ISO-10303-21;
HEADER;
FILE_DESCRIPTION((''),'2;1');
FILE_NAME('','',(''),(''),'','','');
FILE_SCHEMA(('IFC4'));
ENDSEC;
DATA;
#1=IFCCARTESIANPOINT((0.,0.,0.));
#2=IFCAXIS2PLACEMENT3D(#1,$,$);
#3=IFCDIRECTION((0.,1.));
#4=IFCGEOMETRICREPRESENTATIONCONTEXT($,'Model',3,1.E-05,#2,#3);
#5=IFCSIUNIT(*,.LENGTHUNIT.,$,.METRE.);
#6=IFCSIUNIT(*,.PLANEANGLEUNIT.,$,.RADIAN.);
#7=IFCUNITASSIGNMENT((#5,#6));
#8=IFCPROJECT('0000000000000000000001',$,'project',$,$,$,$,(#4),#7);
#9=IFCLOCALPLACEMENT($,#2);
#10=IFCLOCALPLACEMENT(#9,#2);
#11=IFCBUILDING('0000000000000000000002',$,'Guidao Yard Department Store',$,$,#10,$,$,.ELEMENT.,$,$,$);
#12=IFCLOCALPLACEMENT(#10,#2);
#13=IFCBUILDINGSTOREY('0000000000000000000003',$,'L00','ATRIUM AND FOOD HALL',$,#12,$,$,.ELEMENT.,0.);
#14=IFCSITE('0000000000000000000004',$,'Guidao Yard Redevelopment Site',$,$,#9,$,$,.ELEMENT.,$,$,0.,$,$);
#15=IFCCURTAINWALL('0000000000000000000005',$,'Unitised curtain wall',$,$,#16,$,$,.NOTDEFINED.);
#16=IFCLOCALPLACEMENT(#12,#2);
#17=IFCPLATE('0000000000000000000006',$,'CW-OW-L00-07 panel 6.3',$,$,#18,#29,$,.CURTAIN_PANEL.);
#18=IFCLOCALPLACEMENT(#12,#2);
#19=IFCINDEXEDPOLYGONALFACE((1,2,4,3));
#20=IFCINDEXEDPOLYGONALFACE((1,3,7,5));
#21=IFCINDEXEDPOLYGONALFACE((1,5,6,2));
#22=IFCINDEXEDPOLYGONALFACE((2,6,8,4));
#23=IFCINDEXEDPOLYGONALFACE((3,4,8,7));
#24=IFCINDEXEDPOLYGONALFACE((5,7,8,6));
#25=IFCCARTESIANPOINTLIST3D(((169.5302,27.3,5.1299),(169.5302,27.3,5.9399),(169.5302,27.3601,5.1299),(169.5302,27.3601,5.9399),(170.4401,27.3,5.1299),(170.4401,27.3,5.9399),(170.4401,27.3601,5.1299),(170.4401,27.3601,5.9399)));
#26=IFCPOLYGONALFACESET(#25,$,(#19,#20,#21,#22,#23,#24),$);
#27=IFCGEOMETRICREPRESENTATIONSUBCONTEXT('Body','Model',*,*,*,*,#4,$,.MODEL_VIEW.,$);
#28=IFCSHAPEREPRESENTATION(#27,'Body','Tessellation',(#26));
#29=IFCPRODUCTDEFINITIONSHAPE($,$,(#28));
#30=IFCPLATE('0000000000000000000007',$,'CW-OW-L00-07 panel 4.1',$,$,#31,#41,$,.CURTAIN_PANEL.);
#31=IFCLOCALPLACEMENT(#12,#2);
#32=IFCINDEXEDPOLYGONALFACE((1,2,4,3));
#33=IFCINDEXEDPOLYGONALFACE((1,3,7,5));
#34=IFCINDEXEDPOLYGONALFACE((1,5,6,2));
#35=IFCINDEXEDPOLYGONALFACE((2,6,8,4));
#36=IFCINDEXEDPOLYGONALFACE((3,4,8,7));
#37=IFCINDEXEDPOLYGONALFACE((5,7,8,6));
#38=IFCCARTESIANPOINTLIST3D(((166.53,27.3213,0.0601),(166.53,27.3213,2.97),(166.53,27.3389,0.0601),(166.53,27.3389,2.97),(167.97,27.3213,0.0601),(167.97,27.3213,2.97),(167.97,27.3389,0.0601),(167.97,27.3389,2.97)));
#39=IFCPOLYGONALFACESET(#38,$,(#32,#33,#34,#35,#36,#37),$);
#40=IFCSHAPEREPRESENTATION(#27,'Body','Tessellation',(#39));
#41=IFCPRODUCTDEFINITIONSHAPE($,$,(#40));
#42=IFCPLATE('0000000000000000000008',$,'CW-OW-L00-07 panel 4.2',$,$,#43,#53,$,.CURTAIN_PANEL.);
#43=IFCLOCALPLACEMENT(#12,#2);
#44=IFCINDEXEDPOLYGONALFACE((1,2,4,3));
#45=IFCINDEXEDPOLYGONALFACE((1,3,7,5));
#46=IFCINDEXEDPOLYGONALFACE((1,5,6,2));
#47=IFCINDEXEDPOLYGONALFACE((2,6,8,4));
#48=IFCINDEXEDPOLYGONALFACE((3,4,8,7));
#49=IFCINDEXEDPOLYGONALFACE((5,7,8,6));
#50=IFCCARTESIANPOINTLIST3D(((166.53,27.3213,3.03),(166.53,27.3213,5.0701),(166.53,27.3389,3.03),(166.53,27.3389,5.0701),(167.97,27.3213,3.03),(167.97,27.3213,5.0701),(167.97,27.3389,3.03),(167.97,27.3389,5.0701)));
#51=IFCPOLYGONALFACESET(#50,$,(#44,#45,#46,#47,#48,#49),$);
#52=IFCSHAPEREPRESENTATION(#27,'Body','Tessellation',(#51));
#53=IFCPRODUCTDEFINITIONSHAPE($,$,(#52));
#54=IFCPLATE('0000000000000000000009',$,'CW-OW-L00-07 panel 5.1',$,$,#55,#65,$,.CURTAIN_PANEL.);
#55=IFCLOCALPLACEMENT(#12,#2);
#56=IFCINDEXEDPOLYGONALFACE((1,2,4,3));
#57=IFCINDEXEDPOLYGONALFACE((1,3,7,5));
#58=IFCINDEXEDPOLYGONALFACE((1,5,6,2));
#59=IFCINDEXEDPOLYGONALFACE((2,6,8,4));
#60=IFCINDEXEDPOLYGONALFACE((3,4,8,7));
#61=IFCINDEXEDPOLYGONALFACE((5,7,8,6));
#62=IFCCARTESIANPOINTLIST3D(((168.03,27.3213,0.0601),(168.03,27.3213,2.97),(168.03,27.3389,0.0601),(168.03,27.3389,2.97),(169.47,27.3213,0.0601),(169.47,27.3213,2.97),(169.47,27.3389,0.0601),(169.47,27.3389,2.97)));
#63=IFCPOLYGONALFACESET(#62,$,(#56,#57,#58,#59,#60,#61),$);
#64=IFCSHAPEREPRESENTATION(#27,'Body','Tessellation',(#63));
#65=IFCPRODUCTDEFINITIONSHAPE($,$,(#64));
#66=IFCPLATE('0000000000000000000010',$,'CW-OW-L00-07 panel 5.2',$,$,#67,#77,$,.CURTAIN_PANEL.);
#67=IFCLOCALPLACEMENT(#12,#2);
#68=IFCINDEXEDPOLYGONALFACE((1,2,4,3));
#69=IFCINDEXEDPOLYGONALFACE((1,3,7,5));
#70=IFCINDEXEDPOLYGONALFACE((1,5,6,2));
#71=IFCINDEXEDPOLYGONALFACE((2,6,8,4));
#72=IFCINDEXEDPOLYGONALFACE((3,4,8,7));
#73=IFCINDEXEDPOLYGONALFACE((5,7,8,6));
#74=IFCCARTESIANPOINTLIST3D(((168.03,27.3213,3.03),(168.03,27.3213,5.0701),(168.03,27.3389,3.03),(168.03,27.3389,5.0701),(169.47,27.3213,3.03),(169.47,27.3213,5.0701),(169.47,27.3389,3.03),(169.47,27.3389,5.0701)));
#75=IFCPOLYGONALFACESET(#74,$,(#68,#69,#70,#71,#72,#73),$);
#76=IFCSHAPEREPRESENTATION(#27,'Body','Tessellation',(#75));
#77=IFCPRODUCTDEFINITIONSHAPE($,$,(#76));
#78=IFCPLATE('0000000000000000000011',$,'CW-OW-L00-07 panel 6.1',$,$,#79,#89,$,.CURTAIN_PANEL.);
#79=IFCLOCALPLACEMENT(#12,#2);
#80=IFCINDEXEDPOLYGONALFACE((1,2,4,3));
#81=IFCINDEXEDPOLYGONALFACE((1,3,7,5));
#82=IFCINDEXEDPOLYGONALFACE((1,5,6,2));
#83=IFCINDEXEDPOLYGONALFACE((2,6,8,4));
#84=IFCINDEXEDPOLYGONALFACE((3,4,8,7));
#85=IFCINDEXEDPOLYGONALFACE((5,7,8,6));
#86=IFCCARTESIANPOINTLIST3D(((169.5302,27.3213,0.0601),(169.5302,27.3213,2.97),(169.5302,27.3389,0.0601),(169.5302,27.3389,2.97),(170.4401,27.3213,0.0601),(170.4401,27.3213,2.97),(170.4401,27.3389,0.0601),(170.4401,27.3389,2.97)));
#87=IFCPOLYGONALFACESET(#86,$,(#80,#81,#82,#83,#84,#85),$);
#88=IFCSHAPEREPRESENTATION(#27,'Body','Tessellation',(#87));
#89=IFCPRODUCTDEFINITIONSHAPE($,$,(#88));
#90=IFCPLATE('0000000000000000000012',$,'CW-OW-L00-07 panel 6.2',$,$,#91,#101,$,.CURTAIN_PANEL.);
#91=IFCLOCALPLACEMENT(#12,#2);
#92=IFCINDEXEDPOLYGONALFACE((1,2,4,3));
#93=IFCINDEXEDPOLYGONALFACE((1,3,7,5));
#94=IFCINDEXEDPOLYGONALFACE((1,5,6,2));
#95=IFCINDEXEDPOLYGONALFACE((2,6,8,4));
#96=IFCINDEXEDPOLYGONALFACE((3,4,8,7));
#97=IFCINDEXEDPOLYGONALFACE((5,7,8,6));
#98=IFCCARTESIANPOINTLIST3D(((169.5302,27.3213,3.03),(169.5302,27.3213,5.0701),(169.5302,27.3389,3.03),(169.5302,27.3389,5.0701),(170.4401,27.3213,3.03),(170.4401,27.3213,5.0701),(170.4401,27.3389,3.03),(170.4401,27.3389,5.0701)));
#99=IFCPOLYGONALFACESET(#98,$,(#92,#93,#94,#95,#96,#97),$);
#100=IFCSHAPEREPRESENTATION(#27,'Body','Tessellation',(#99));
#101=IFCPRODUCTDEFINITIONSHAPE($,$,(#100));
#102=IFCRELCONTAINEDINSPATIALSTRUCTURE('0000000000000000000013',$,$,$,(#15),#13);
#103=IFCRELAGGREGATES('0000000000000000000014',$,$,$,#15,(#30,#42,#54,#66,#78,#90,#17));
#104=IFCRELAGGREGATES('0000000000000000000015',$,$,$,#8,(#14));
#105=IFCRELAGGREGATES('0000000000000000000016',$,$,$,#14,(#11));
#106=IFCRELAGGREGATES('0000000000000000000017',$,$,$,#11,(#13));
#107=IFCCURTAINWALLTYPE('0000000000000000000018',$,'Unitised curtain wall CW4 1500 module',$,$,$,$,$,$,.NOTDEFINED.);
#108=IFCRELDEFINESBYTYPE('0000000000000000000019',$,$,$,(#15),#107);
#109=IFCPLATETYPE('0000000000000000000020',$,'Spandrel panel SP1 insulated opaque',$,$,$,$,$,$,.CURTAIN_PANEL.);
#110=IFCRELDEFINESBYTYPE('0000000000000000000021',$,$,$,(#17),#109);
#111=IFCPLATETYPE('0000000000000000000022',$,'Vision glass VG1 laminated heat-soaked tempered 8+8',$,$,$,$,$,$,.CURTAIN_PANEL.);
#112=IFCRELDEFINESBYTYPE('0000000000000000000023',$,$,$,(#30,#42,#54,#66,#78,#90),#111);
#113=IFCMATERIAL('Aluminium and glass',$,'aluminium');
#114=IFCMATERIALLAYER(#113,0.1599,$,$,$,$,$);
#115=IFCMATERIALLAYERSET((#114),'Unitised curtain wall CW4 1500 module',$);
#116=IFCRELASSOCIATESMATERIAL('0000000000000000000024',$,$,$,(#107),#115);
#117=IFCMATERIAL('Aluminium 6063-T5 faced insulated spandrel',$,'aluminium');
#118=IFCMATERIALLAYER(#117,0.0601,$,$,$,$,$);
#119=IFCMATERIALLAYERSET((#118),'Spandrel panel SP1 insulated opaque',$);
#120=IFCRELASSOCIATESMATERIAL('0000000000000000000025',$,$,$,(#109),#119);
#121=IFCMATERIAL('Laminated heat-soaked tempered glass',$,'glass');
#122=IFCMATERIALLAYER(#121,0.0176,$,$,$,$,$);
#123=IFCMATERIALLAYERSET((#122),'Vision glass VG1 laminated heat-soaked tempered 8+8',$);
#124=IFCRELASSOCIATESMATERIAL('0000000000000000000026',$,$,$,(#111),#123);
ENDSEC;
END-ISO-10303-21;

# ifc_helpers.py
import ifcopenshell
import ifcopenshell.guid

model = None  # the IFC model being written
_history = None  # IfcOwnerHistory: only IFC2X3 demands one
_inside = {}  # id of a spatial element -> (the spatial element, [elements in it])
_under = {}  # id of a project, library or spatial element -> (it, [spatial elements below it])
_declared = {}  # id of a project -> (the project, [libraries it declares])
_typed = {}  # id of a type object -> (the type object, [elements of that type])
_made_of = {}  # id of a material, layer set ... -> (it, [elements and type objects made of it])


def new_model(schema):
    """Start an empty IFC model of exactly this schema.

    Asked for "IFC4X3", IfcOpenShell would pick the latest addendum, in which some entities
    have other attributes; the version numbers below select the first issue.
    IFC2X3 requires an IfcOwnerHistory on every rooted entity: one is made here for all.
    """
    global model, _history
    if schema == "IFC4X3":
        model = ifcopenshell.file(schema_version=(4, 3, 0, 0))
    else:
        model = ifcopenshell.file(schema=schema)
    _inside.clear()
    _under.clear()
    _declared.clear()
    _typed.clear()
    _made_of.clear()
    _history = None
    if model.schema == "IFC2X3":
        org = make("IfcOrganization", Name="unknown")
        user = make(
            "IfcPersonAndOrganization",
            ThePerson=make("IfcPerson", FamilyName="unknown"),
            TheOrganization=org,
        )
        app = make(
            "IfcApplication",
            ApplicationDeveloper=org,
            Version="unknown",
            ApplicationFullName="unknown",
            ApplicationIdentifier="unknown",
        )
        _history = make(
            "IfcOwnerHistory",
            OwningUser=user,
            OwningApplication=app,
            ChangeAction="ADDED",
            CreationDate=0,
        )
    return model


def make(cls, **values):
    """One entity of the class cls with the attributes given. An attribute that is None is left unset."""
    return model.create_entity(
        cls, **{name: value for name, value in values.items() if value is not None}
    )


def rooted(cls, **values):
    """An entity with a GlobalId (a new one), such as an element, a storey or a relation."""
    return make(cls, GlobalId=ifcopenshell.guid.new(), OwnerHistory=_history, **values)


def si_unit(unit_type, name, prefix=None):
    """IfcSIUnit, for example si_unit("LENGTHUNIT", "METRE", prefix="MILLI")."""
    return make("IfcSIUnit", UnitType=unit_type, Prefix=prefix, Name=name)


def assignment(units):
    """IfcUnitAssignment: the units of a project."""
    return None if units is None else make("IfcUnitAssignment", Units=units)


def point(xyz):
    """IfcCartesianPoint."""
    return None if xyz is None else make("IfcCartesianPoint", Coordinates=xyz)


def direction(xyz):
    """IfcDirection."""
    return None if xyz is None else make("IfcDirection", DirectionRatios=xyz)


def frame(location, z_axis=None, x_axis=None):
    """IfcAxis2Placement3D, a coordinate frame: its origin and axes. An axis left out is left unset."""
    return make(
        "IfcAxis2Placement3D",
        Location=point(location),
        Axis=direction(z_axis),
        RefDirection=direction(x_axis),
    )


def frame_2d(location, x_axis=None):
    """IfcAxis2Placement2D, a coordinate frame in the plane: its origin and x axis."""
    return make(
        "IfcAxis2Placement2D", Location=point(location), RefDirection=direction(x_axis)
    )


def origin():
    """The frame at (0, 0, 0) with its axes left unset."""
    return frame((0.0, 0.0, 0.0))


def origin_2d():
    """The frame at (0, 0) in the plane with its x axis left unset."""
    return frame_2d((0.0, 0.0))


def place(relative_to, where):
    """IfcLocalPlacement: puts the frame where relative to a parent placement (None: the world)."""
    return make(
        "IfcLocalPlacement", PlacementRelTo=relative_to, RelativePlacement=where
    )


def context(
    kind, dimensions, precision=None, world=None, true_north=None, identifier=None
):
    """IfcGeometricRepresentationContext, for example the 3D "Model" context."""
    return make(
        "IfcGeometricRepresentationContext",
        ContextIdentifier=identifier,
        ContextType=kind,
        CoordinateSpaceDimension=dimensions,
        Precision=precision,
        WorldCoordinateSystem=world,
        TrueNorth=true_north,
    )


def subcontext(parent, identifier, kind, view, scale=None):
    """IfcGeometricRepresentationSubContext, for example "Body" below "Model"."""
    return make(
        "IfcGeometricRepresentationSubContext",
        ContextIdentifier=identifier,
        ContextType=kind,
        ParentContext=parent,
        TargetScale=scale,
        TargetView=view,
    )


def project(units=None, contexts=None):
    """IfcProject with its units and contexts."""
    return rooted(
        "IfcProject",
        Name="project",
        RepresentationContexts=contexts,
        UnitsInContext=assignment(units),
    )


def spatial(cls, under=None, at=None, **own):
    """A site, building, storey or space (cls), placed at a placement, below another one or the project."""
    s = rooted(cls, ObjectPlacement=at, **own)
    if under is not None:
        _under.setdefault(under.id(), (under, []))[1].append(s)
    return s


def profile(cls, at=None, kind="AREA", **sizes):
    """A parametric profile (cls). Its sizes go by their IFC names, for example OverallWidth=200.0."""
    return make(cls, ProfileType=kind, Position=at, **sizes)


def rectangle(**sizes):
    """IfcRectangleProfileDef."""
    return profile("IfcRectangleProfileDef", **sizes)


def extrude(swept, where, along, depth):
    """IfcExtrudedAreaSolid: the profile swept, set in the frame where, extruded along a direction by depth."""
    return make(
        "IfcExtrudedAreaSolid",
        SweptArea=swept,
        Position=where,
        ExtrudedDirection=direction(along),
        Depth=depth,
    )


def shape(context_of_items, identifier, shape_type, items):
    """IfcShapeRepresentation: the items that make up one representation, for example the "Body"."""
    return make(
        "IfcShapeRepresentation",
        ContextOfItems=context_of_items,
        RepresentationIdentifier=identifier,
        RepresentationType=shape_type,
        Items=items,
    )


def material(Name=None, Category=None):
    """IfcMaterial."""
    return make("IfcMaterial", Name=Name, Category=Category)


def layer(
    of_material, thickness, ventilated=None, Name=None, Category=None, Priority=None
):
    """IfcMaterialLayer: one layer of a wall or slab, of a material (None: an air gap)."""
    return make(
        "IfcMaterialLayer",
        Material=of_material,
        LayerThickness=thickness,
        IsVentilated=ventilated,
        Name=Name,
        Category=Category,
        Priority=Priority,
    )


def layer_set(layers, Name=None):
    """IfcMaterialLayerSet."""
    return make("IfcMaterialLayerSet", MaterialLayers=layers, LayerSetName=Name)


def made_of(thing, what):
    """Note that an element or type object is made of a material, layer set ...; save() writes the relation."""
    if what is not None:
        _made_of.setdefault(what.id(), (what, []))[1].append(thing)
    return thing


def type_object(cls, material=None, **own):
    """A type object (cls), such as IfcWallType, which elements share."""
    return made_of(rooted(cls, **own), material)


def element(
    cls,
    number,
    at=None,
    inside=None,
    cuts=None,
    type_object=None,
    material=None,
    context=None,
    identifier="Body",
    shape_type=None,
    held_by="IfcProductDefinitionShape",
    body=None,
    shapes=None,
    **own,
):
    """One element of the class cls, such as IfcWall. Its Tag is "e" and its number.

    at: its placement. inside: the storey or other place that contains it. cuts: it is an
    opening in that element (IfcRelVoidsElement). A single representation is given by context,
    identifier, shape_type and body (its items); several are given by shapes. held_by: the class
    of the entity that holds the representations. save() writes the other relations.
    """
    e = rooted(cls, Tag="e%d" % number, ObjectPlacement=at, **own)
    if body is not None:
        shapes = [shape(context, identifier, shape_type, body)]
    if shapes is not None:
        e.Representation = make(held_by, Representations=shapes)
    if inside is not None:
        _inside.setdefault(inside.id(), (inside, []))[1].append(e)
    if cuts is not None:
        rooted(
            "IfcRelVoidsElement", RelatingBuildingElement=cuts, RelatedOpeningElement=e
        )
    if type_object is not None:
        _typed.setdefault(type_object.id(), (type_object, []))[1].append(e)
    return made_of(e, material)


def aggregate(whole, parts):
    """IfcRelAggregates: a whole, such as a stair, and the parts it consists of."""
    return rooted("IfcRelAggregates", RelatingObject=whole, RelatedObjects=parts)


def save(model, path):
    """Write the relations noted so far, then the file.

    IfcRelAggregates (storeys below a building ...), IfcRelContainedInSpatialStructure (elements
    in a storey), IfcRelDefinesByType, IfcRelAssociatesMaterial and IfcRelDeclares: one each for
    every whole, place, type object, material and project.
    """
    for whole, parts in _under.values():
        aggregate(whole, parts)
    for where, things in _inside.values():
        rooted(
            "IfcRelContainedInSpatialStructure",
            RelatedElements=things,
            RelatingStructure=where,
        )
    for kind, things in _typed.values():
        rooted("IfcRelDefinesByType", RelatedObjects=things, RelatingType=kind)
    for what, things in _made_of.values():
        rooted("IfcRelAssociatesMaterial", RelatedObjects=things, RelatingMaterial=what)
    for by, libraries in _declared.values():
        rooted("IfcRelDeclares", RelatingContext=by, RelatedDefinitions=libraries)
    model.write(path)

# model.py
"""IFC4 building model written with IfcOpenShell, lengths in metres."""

from ifc_helpers import new_model, si_unit, direction, frame, origin, origin_2d, place, context, subcontext, project, spatial, rectangle, extrude, material, layer, layer_set, type_object, element, aggregate, save


model = new_model("IFC4")

# Units and contexts
model_context = context("Model", 3, precision=1e-05, world=origin(), true_north=direction((0.0, 1.0)))
body_context = subcontext(model_context, "Body", "Model", "MODEL_VIEW")
ifc_project = project(units=[si_unit("LENGTHUNIT", "METRE"), si_unit("PLANEANGLEUNIT", "RADIAN")], contexts=[model_context])

# Site, building, storey
site_placement = place(None, origin())
site = spatial("IfcSite", under=ifc_project, at=site_placement, Name="Guidao Yard Redevelopment Site", CompositionType="ELEMENT", RefElevation=0.0)
building_placement = place(site_placement, origin())
building = spatial("IfcBuilding", under=site, at=building_placement, Name="Guidao Yard Department Store", CompositionType="ELEMENT")
storey_placement = place(building_placement, origin())
storey = spatial("IfcBuildingStorey", under=building, at=storey_placement, Name="L00", Description="ATRIUM AND FOOD HALL", CompositionType="ELEMENT", Elevation=0.0)

# Curtain wall
ifc_material_1 = material(Name="Aluminium and glass", Category="aluminium")
ifc_layer_1 = layer(ifc_material_1, 0.1599)
ifc_layer_set_1 = layer_set([ifc_layer_1], Name="Unitised curtain wall CW4 1500 module")
curtain_wall_type = type_object("IfcCurtainWallType", Name="Unitised curtain wall CW4 1500 module", PredefinedType="NOTDEFINED", material=ifc_layer_set_1)
curtain_wall_placement = place(storey_placement, origin())
curtain_wall = element("IfcCurtainWall", 1, at=curtain_wall_placement, inside=storey, type_object=curtain_wall_type, Name="Unitised curtain wall", PredefinedType="NOTDEFINED")

# Plates
ifc_material_2 = material(Name="Aluminium 6063-T5 faced insulated spandrel", Category="aluminium")
ifc_layer_2 = layer(ifc_material_2, 0.0601)
ifc_layer_set_2 = layer_set([ifc_layer_2], Name="Spandrel panel SP1 insulated opaque")
plate_type_1 = type_object("IfcPlateType", Name="Spandrel panel SP1 insulated opaque", PredefinedType="CURTAIN_PANEL", material=ifc_layer_set_2)
plate_1_placement = place(storey_placement, frame((169.9851, 27.3301, 5.1299), z_axis=(0.0, 0.0, 1.0), x_axis=(1.0, 0.0, 0.0)))
plate_1 = element("IfcPlate", 2, at=plate_1_placement, type_object=plate_type_1, Name="CW-OW-L00-07 panel 6.3", PredefinedType="CURTAIN_PANEL", context=body_context, shape_type="SweptSolid", body=[
    extrude(rectangle(XDim=0.9099, YDim=0.0601, at=origin_2d()), origin(), (0.0, 0.0, 1.0), 0.8101),
])
ifc_material_3 = material(Name="Laminated heat-soaked tempered glass", Category="glass")
ifc_layer_3 = layer(ifc_material_3, 0.0176)
ifc_layer_set_3 = layer_set([ifc_layer_3], Name="Vision glass VG1 laminated heat-soaked tempered 8+8")
plate_type_2 = type_object("IfcPlateType", Name="Vision glass VG1 laminated heat-soaked tempered 8+8", PredefinedType="CURTAIN_PANEL", material=ifc_layer_set_3)
plate_2_placement = place(storey_placement, frame((167.25, 27.3301, 0.0601), z_axis=(0.0, 0.0, 1.0), x_axis=(1.0, 0.0, 0.0)))
plate_2 = element("IfcPlate", 3, at=plate_2_placement, type_object=plate_type_2, Name="CW-OW-L00-07 panel 4.1", PredefinedType="CURTAIN_PANEL", context=body_context, shape_type="SweptSolid", body=[
    extrude(rectangle(XDim=1.4399, YDim=0.0176, at=origin_2d()), origin(), (0.0, 0.0, 1.0), 2.9099),
])
plate_3_placement = place(storey_placement, frame((167.25, 27.3301, 3.03), z_axis=(0.0, 0.0, 1.0), x_axis=(1.0, 0.0, 0.0)))
plate_3 = element("IfcPlate", 4, at=plate_3_placement, type_object=plate_type_2, Name="CW-OW-L00-07 panel 4.2", PredefinedType="CURTAIN_PANEL", context=body_context, shape_type="SweptSolid", body=[
    extrude(rectangle(XDim=1.4399, YDim=0.0176, at=origin_2d()), origin(), (0.0, 0.0, 1.0), 2.04),
])
plate_4_placement = place(storey_placement, frame((168.75, 27.3301, 0.0601), z_axis=(0.0, 0.0, 1.0), x_axis=(1.0, 0.0, 0.0)))
plate_4 = element("IfcPlate", 5, at=plate_4_placement, type_object=plate_type_2, Name="CW-OW-L00-07 panel 5.1", PredefinedType="CURTAIN_PANEL", context=body_context, shape_type="SweptSolid", body=[
    extrude(rectangle(XDim=1.4399, YDim=0.0176, at=origin_2d()), origin(), (0.0, 0.0, 1.0), 2.9099),
])
plate_5_placement = place(storey_placement, frame((168.75, 27.3301, 3.03), z_axis=(0.0, 0.0, 1.0), x_axis=(1.0, 0.0, 0.0)))
plate_5 = element("IfcPlate", 6, at=plate_5_placement, type_object=plate_type_2, Name="CW-OW-L00-07 panel 5.2", PredefinedType="CURTAIN_PANEL", context=body_context, shape_type="SweptSolid", body=[
    extrude(rectangle(XDim=1.4399, YDim=0.0176, at=origin_2d()), origin(), (0.0, 0.0, 1.0), 2.04),
])
plate_6_placement = place(storey_placement, frame((169.9851, 27.3301, 0.0601), z_axis=(0.0, 0.0, 1.0), x_axis=(1.0, 0.0, 0.0)))
plate_6 = element("IfcPlate", 7, at=plate_6_placement, type_object=plate_type_2, Name="CW-OW-L00-07 panel 6.1", PredefinedType="CURTAIN_PANEL", context=body_context, shape_type="SweptSolid", body=[
    extrude(rectangle(XDim=0.9099, YDim=0.0176, at=origin_2d()), origin(), (0.0, 0.0, 1.0), 2.9099),
])
plate_7_placement = place(storey_placement, frame((169.9851, 27.3301, 3.03), z_axis=(0.0, 0.0, 1.0), x_axis=(1.0, 0.0, 0.0)))
plate_7 = element("IfcPlate", 8, at=plate_7_placement, type_object=plate_type_2, Name="CW-OW-L00-07 panel 6.2", PredefinedType="CURTAIN_PANEL", context=body_context, shape_type="SweptSolid", body=[
    extrude(rectangle(XDim=0.9099, YDim=0.0176, at=origin_2d()), origin(), (0.0, 0.0, 1.0), 2.04),
])
aggregate(curtain_wall, [plate_2, plate_3, plate_4, plate_5, plate_6, plate_7, plate_1])

save(model, "model.ifc")
